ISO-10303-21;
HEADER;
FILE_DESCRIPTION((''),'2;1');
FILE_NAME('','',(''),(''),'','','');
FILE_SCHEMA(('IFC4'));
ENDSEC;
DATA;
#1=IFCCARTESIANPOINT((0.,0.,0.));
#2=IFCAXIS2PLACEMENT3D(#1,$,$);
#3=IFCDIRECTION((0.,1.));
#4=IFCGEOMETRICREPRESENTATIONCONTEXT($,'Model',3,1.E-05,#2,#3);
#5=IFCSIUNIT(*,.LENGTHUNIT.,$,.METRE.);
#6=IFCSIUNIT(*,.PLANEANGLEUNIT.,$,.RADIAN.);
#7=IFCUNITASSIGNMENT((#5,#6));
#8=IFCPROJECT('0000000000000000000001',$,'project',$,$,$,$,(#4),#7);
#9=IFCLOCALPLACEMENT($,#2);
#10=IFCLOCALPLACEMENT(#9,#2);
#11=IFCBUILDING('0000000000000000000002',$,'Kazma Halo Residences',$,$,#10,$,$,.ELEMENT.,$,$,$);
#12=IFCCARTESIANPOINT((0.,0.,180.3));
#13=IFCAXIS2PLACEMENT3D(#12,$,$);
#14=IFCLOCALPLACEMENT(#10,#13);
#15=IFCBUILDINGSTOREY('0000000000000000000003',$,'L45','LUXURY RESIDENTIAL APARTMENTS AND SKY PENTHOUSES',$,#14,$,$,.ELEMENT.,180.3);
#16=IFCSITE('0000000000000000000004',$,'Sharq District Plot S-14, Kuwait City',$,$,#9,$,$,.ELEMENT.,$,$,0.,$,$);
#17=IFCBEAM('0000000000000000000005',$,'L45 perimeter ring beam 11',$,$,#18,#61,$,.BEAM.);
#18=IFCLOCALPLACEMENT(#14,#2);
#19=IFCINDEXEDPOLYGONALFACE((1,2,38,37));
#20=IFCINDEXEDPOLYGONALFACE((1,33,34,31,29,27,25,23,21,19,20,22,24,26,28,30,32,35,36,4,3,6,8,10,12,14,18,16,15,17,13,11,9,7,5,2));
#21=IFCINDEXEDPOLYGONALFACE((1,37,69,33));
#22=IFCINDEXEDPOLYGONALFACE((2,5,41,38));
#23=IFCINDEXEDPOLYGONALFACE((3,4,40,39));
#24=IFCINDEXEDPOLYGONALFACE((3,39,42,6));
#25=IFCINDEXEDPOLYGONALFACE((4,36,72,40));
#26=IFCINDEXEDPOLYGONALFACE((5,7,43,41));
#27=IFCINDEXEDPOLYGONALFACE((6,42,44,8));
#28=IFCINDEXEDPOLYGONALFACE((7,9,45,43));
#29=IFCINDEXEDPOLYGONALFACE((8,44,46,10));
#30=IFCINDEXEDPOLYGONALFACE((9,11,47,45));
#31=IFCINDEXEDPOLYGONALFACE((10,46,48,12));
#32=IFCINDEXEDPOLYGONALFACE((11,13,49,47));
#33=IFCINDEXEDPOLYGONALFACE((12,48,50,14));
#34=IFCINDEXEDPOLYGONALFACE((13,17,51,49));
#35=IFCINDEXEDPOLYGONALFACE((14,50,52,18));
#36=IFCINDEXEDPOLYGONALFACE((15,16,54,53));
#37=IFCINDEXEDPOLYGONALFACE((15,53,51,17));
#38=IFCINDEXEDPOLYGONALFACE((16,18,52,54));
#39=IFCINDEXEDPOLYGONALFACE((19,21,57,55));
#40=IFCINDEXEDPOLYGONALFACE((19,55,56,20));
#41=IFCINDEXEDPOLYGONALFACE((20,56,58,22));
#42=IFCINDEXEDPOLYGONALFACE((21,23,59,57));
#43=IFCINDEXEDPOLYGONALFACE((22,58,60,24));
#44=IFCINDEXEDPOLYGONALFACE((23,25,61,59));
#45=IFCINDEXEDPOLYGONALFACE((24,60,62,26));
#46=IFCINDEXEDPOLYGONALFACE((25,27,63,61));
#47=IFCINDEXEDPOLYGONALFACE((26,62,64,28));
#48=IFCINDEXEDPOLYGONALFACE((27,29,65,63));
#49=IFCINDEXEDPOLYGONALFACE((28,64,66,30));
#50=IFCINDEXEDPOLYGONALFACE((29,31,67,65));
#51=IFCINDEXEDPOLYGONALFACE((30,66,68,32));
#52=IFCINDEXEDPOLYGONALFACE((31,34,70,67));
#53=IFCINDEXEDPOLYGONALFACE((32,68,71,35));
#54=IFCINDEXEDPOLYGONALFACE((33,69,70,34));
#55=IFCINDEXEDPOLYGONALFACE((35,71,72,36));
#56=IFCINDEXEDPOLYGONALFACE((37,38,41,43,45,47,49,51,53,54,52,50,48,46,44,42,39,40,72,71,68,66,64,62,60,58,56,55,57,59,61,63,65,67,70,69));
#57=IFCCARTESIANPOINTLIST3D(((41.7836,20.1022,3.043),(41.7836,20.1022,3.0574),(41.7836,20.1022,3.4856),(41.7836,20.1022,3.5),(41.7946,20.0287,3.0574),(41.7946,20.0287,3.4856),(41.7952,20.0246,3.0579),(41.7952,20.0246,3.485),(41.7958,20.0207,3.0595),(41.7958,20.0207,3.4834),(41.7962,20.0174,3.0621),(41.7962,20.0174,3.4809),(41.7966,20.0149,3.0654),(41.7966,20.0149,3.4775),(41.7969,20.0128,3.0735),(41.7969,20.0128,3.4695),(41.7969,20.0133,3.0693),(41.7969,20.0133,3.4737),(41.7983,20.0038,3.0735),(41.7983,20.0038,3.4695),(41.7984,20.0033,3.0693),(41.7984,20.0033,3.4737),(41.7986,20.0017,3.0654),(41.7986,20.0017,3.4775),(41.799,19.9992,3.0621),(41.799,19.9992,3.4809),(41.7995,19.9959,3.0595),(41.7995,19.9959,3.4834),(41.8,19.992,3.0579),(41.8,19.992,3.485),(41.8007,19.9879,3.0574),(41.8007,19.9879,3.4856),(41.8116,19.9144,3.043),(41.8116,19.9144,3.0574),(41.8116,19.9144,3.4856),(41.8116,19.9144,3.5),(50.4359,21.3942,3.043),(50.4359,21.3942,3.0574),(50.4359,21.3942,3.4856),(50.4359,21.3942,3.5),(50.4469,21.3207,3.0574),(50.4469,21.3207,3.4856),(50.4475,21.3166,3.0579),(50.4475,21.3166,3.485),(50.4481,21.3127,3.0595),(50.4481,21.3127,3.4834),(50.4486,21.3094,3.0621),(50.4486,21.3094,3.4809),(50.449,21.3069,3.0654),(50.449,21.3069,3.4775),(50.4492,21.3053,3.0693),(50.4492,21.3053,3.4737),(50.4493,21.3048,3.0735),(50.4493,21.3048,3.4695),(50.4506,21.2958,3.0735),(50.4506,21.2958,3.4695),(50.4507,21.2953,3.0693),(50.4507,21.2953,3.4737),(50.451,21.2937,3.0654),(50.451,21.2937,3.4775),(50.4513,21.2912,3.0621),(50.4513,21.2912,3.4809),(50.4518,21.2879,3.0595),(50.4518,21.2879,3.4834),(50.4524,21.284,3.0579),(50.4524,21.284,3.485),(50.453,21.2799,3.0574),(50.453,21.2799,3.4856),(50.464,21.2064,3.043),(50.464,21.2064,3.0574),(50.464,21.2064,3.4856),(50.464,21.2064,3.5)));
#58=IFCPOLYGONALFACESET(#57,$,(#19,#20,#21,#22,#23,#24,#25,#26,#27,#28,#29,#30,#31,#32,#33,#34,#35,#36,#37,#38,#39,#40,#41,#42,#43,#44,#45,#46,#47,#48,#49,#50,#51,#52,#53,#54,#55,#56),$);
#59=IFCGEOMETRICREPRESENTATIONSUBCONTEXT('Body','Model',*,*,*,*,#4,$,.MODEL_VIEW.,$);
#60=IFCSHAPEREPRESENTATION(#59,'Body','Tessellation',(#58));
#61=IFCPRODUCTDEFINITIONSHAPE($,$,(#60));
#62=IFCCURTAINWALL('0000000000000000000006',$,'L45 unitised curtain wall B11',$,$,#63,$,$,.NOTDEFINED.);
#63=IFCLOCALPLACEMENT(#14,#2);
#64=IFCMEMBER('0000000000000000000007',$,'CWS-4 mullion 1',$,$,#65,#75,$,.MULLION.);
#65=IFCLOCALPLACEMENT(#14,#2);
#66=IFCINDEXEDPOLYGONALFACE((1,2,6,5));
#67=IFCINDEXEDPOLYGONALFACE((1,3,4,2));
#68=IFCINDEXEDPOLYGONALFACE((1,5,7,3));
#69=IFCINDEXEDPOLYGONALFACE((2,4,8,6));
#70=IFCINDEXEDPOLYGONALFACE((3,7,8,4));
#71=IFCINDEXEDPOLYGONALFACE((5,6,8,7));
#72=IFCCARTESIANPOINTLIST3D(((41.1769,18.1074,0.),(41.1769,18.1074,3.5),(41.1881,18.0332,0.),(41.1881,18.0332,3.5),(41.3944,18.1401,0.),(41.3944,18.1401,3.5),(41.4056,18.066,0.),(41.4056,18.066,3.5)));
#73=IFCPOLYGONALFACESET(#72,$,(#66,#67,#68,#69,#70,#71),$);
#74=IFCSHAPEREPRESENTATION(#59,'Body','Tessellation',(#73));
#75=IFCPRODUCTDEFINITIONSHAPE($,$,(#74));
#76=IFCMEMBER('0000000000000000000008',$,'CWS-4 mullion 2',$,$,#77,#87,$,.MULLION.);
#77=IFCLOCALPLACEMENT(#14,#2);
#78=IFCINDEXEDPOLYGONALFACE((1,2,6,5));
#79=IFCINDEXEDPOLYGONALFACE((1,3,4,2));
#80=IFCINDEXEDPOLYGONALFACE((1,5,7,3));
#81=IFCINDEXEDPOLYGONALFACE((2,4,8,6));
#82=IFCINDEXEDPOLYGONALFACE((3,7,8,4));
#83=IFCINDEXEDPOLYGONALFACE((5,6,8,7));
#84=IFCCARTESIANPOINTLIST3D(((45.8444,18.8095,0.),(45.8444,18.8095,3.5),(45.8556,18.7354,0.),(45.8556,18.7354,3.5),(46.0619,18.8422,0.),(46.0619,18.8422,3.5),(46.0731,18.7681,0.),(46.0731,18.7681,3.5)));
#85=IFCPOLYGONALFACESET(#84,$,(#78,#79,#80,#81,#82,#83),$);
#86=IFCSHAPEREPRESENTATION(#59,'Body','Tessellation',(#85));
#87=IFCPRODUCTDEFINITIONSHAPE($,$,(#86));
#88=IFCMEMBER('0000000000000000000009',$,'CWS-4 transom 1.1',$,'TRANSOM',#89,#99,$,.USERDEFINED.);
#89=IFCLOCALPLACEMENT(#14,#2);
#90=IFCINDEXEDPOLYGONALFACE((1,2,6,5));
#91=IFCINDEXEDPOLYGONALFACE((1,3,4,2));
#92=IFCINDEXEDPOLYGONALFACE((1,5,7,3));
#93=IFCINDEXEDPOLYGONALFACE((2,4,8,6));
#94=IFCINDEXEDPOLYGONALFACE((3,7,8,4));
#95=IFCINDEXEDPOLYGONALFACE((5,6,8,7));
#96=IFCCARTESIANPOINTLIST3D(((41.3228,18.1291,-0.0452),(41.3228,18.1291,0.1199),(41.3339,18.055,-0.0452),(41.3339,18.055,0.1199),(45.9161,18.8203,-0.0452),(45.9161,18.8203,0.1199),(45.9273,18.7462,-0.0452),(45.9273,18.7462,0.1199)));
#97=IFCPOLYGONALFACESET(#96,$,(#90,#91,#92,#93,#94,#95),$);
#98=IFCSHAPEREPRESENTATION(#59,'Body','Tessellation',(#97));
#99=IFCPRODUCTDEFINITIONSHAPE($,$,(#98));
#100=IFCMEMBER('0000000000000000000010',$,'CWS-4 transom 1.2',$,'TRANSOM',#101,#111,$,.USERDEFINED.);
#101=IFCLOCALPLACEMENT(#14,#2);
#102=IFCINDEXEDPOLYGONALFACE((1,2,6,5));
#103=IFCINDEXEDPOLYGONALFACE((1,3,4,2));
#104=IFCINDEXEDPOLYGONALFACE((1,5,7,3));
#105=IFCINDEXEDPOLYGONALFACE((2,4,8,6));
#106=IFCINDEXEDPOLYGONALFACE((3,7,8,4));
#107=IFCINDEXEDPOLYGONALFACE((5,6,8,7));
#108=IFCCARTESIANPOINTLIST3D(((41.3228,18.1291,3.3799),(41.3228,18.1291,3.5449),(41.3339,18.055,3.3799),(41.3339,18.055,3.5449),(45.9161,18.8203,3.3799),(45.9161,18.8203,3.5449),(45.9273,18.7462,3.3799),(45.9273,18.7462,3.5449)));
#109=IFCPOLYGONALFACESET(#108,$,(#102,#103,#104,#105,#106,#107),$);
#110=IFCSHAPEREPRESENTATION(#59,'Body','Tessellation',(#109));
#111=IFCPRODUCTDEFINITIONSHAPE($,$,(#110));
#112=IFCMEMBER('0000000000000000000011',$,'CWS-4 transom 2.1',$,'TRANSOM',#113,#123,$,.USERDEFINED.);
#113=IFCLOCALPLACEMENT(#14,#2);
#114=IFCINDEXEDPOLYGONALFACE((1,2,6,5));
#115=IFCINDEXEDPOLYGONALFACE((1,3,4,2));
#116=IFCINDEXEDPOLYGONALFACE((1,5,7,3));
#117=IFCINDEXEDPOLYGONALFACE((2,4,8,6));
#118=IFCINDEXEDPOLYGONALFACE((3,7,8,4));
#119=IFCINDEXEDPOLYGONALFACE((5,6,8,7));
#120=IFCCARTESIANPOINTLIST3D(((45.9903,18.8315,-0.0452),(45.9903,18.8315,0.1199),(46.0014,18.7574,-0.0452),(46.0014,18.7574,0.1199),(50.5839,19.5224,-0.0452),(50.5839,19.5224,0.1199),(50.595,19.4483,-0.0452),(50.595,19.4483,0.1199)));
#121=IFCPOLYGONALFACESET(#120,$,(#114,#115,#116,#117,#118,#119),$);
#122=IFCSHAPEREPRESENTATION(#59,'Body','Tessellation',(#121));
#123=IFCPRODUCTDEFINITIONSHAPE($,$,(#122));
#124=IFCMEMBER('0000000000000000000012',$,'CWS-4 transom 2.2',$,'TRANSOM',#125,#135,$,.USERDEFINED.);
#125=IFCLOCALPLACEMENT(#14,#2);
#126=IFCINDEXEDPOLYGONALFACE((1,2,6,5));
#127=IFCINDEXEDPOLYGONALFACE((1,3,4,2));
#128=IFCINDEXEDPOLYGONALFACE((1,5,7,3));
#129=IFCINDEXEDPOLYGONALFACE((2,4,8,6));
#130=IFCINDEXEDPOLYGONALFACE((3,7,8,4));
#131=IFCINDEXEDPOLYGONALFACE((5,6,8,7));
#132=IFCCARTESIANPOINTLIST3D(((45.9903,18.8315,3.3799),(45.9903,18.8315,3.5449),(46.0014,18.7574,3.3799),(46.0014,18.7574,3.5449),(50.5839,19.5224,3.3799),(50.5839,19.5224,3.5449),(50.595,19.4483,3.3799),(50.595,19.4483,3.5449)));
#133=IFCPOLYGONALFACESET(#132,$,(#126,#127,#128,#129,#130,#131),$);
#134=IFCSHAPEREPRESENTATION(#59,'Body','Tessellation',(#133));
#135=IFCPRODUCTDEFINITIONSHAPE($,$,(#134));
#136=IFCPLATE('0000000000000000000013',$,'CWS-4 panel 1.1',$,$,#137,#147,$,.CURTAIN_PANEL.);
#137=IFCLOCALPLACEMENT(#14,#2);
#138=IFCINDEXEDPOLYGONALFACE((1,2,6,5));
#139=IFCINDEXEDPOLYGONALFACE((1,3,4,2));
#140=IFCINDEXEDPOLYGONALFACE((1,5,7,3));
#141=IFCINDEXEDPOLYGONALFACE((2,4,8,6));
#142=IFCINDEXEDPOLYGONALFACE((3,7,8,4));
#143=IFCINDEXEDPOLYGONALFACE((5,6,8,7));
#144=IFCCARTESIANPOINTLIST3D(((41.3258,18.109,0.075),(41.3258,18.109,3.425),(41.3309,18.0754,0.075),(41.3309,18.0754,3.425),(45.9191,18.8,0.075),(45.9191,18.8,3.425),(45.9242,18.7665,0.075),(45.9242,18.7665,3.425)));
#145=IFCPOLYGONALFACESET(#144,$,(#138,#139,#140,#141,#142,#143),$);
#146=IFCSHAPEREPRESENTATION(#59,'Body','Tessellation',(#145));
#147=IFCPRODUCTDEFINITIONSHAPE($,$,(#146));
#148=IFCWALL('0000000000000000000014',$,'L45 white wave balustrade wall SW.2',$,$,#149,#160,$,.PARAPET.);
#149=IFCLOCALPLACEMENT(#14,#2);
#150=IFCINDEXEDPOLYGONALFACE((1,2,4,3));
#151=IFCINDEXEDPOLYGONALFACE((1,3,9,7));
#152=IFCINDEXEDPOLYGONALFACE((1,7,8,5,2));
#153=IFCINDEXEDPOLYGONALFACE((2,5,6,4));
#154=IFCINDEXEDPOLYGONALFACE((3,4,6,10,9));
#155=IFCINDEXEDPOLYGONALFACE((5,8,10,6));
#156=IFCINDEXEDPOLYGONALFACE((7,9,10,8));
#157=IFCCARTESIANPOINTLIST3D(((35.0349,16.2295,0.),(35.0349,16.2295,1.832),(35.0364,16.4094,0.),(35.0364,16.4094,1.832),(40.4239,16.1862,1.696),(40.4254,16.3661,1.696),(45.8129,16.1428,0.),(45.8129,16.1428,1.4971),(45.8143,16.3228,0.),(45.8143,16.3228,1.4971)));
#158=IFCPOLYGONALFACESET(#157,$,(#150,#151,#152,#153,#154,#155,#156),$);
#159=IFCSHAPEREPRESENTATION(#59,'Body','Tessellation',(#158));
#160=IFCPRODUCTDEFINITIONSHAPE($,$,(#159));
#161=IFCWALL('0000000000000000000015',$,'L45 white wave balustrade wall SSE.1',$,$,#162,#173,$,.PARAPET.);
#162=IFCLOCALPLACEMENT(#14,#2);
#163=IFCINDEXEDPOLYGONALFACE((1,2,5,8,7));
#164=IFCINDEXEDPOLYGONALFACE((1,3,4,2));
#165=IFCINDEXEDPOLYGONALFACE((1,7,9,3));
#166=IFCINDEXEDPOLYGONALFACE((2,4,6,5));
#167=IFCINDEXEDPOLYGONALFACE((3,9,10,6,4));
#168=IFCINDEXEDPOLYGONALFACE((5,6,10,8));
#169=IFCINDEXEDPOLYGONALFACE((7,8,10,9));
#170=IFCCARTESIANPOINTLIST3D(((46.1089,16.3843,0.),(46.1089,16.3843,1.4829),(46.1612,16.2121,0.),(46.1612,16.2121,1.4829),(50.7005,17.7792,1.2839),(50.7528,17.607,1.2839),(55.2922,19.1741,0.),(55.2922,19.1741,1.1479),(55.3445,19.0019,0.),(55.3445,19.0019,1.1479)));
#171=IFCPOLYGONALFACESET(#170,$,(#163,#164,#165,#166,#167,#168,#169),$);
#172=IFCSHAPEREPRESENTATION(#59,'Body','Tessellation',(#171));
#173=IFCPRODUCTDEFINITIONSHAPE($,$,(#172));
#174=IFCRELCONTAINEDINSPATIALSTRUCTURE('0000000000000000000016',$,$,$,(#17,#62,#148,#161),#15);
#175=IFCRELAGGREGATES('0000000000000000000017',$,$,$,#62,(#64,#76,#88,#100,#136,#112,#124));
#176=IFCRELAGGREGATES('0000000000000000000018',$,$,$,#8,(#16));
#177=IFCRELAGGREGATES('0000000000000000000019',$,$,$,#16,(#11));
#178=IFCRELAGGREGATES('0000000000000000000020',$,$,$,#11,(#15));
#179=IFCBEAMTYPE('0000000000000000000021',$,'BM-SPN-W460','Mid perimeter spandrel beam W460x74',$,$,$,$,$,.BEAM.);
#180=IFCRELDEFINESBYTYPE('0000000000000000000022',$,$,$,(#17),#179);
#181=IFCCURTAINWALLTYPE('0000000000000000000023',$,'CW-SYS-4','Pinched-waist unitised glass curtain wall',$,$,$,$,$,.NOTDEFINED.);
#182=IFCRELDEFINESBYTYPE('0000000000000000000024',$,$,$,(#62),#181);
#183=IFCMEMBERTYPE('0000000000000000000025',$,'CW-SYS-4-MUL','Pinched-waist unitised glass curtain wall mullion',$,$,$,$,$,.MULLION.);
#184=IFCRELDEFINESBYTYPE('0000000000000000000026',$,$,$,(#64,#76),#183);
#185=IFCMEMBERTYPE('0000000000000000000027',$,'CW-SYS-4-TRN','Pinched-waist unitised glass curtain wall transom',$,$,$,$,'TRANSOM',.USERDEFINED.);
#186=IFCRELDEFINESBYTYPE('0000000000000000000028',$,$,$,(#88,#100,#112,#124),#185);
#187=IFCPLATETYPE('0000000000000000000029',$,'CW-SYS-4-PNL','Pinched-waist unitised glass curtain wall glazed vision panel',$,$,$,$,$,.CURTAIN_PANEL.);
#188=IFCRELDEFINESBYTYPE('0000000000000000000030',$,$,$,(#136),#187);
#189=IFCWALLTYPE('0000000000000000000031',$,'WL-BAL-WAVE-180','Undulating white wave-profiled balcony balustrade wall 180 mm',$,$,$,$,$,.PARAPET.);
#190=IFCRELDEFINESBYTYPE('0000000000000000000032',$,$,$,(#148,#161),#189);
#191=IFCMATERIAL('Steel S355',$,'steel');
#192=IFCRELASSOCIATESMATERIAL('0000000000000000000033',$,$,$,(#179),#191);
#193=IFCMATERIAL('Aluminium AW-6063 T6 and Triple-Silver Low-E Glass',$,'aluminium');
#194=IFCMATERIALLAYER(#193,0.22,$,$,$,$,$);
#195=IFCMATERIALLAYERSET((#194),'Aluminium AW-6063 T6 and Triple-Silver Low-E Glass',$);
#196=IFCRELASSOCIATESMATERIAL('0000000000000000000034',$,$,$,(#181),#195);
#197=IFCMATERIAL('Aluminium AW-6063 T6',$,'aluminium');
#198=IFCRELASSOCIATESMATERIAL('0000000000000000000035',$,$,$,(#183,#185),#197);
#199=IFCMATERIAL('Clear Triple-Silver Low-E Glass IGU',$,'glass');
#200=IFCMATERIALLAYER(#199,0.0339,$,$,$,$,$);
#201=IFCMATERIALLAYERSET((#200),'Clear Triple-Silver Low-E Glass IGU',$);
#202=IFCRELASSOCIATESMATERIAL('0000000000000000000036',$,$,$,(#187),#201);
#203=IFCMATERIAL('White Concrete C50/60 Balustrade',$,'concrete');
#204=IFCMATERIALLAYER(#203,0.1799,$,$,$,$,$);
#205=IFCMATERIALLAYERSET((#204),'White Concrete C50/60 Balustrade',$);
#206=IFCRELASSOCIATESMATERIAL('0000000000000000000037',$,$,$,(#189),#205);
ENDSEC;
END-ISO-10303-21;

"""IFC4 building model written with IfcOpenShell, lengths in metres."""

from ifc_helpers import new_model, si_unit, direction, frame, origin, origin_2d, place, context, subcontext, project, spatial, polyline, rectangle, i_section, outline, extrude, material, layer, layer_set, material_profile, profile_set, type_object, element, aggregate, save


model = new_model("IFC4")

# Units and contexts
model_context = context("Model", 3, precision=1e-05, world=origin(), true_north=direction((0.0, 1.0)))
body_context = subcontext(model_context, "Body", "Model", "MODEL_VIEW")
ifc_project = project(units=[si_unit("LENGTHUNIT", "METRE"), si_unit("PLANEANGLEUNIT", "RADIAN")], contexts=[model_context])

# Site, building, storey
site_placement = place(None, origin())
site = spatial("IfcSite", under=ifc_project, at=site_placement, Name="Sharq District Plot S-14, Kuwait City", CompositionType="ELEMENT", RefElevation=0.0)
building_placement = place(site_placement, origin())
building = spatial("IfcBuilding", under=site, at=building_placement, Name="Kazma Halo Residences", CompositionType="ELEMENT")
storey_placement = place(building_placement, frame((0.0, 0.0, 180.3)))
storey = spatial("IfcBuildingStorey", under=building, at=storey_placement, Name="L45", Description="LUXURY RESIDENTIAL APARTMENTS AND SKY PENTHOUSES", CompositionType="ELEMENT", Elevation=180.3)

# Beam
ifc_material_1 = material(Name="Steel S355", Category="steel")
ifc_material_profile_1 = material_profile(ifc_material_1, i_section(OverallWidth=0.1899, OverallDepth=0.457, WebThickness=0.009, FlangeThickness=0.0144, FilletRadius=0.0161, at=origin_2d()), Name="W460x74")
ifc_profile_set_1 = profile_set([ifc_material_profile_1], Name="Steel S355")
beam_type_1 = type_object("IfcBeamType", Name="BM-SPN-W460", Description="Mid perimeter spandrel beam W460x74", PredefinedType="BEAM", material=ifc_profile_set_1)
beam_1_placement = place(storey_placement, frame((41.7976, 20.0083, 3.2715), z_axis=(0.989034, 0.147685, 0.0), x_axis=(-0.147685, 0.989034, 0.0)))
element("IfcBeam", 1, at=beam_1_placement, inside=storey, type_object=beam_type_1, Name="L45 perimeter ring beam 11", PredefinedType="BEAM", context=body_context, shape_type="SweptSolid", body=[
    extrude(i_section(OverallWidth=0.1899, OverallDepth=0.457, WebThickness=0.009, FlangeThickness=0.0144, FilletRadius=0.0161, at=origin_2d()), origin(), (0.0, 0.0, 1.0), 8.7483),
])

# Curtain wall, members, plate
ifc_material_2 = material(Name="Aluminium AW-6063 T6 and Triple-Silver Low-E Glass", Category="aluminium")
ifc_layer_1 = layer(ifc_material_2, 0.22)
ifc_layer_set_1 = layer_set([ifc_layer_1], Name="Aluminium AW-6063 T6 and Triple-Silver Low-E Glass")
curtain_wall_type = type_object("IfcCurtainWallType", Name="CW-SYS-4", Description="Pinched-waist unitised glass curtain wall", PredefinedType="NOTDEFINED", material=ifc_layer_set_1)
curtain_wall_placement = place(storey_placement, origin())
curtain_wall = element("IfcCurtainWall", 2, at=curtain_wall_placement, inside=storey, type_object=curtain_wall_type, Name="L45 unitised curtain wall B11", PredefinedType="NOTDEFINED")
ifc_material_3 = material(Name="Aluminium AW-6063 T6", Category="aluminium")
ifc_material_profile_2 = material_profile(ifc_material_3, rectangle(XDim=0.075, YDim=0.22, at=origin_2d()), Name="CWM-75x220")
ifc_profile_set_2 = profile_set([ifc_material_profile_2], Name="Aluminium AW-6063 T6")
member_type_1 = type_object("IfcMemberType", Name="CW-SYS-4-MUL", Description="Pinched-waist unitised glass curtain wall mullion", PredefinedType="MULLION", material=ifc_profile_set_2)
member_1_placement = place(storey_placement, frame((41.2913, 18.0867, 0.0), z_axis=(0.0, 0.0, 1.0), x_axis=(-0.148773, 0.988871, 0.0)))
member_1 = element("IfcMember", 3, at=member_1_placement, type_object=member_type_1, Name="CWS-4 mullion 1", PredefinedType="MULLION", context=body_context, shape_type="SweptSolid", body=[
    extrude(rectangle(XDim=0.075, YDim=0.22, at=origin_2d()), origin(), (0.0, 0.0, 1.0), 3.5),
])
member_2_placement = place(storey_placement, frame((45.9587, 18.7888, 0.0), z_axis=(0.0, 0.0, 1.0), x_axis=(-0.148773, 0.988871, 0.0)))
member_2 = element("IfcMember", 4, at=member_2_placement, type_object=member_type_1, Name="CWS-4 mullion 2", PredefinedType="MULLION", context=body_context, shape_type="SweptSolid", body=[
    extrude(rectangle(XDim=0.075, YDim=0.22, at=origin_2d()), origin(), (0.0, 0.0, 1.0), 3.5),
])
ifc_material_profile_3 = material_profile(ifc_material_3, rectangle(XDim=0.075, YDim=0.165, at=origin_2d()), Name="CWT-75x165")
ifc_profile_set_3 = profile_set([ifc_material_profile_3], Name="Aluminium AW-6063 T6")
member_type_2 = type_object("IfcMemberType", Name="CW-SYS-4-TRN", Description="Pinched-waist unitised glass curtain wall transom", ElementType="TRANSOM", PredefinedType="USERDEFINED", material=ifc_profile_set_3)
member_3_placement = place(storey_placement, frame((41.3284, 18.092, 0.0374), z_axis=(0.988868, 0.148798, 0.0), x_axis=(-0.148798, 0.988868, 0.0)))
member_3 = element("IfcMember", 5, at=member_3_placement, type_object=member_type_2, Name="CWS-4 transom 1.1", ObjectType="TRANSOM", PredefinedType="USERDEFINED", context=body_context, shape_type="SweptSolid", body=[
    extrude(rectangle(XDim=0.075, YDim=0.165, at=origin_2d()), origin(), (0.0, 0.0, 1.0), 4.645),
])
member_4_placement = place(storey_placement, frame((41.3284, 18.092, 3.4624), z_axis=(0.988868, 0.148798, 0.0), x_axis=(-0.148798, 0.988868, 0.0)))
member_4 = element("IfcMember", 6, at=member_4_placement, type_object=member_type_2, Name="CWS-4 transom 1.2", ObjectType="TRANSOM", PredefinedType="USERDEFINED", context=body_context, shape_type="SweptSolid", body=[
    extrude(rectangle(XDim=0.075, YDim=0.165, at=origin_2d()), origin(), (0.0, 0.0, 1.0), 4.645),
])
member_5_placement = place(storey_placement, frame((45.9958, 18.7944, 0.0374), z_axis=(0.988877, 0.148739, 0.0), x_axis=(-0.148739, 0.988877, 0.0)))
member_5 = element("IfcMember", 7, at=member_5_placement, type_object=member_type_2, Name="CWS-4 transom 2.1", ObjectType="TRANSOM", PredefinedType="USERDEFINED", context=body_context, shape_type="SweptSolid", body=[
    extrude(rectangle(XDim=0.075, YDim=0.165, at=origin_2d()), origin(), (0.0, 0.0, 1.0), 4.6453),
])
member_6_placement = place(storey_placement, frame((45.9958, 18.7944, 3.4624), z_axis=(0.988877, 0.148739, 0.0), x_axis=(-0.148739, 0.988877, 0.0)))
member_6 = element("IfcMember", 8, at=member_6_placement, type_object=member_type_2, Name="CWS-4 transom 2.2", ObjectType="TRANSOM", PredefinedType="USERDEFINED", context=body_context, shape_type="SweptSolid", body=[
    extrude(rectangle(XDim=0.075, YDim=0.165, at=origin_2d()), origin(), (0.0, 0.0, 1.0), 4.6453),
])
ifc_material_4 = material(Name="Clear Triple-Silver Low-E Glass IGU", Category="glass")
ifc_layer_2 = layer(ifc_material_4, 0.0339)
ifc_layer_set_2 = layer_set([ifc_layer_2], Name="Clear Triple-Silver Low-E Glass IGU")
plate_type = type_object("IfcPlateType", Name="CW-SYS-4-PNL", Description="Pinched-waist unitised glass curtain wall glazed vision panel", PredefinedType="CURTAIN_PANEL", material=ifc_layer_set_2)
plate_placement = place(storey_placement, frame((43.625, 18.4377, 0.075), z_axis=(0.0, 0.0, 1.0), x_axis=(0.988871, 0.148773, 0.0)))
plate = element("IfcPlate", 9, at=plate_placement, type_object=plate_type, Name="CWS-4 panel 1.1", PredefinedType="CURTAIN_PANEL", context=body_context, shape_type="SweptSolid", body=[
    extrude(rectangle(XDim=4.645, YDim=0.0339, at=origin_2d()), origin(), (0.0, 0.0, 1.0), 3.3501),
])
aggregate(curtain_wall, [member_1, member_2, member_3, member_4, plate, member_5, member_6])

# Walls
ifc_material_5 = material(Name="White Concrete C50/60 Balustrade", Category="concrete")
ifc_layer_3 = layer(ifc_material_5, 0.1799)
ifc_layer_set_3 = layer_set([ifc_layer_3], Name="White Concrete C50/60 Balustrade")
wall_type_1 = type_object("IfcWallType", Name="WL-BAL-WAVE-180", Description="Undulating white wave-profiled balcony balustrade wall 180 mm", PredefinedType="PARAPET", material=ifc_layer_set_3)
wall_1_placement = place(storey_placement, frame((35.0356, 16.3196, 0.0), z_axis=(0.0, 0.0, 1.0), x_axis=(0.999968, -0.008041, 0.0)))
element("IfcWall", 10, at=wall_1_placement, inside=storey, type_object=wall_type_1, Name="L45 white wave balustrade wall SW.2", PredefinedType="PARAPET", context=body_context, shape_type="SweptSolid", body=[
    extrude(outline(polyline([(0.0, 0.0), (10.7783, 0.0), (10.7783, 1.4971), (5.3892, 1.696), (0.0, 1.832), (0.0, 0.0)])), frame((0.0, 0.0898, 0.0), z_axis=(0.0, -1.0, 0.0), x_axis=(1.0, 0.0, 0.0)), (0.0, 0.0, 1.0), 0.1799),
])
wall_2_placement = place(storey_placement, frame((46.135, 16.2983, 0.0), z_axis=(0.0, 0.0, 1.0), x_axis=(0.956823, 0.290672, 0.0)))
element("IfcWall", 11, at=wall_2_placement, inside=storey, type_object=wall_type_1, Name="L45 white wave balustrade wall SSE.1", PredefinedType="PARAPET", context=body_context, shape_type="SweptSolid", body=[
    extrude(outline(polyline([(0.0, 0.0), (9.5977, 0.0), (9.5977, 1.1479), (4.7988, 1.2839), (0.0, 1.4829), (0.0, 0.0)])), frame((0.0, 0.0898, 0.0), z_axis=(0.0, -1.0, 0.0), x_axis=(1.0, 0.0, 0.0)), (0.0, 0.0, 1.0), 0.1799),
])

save(model, "model.ifc")
